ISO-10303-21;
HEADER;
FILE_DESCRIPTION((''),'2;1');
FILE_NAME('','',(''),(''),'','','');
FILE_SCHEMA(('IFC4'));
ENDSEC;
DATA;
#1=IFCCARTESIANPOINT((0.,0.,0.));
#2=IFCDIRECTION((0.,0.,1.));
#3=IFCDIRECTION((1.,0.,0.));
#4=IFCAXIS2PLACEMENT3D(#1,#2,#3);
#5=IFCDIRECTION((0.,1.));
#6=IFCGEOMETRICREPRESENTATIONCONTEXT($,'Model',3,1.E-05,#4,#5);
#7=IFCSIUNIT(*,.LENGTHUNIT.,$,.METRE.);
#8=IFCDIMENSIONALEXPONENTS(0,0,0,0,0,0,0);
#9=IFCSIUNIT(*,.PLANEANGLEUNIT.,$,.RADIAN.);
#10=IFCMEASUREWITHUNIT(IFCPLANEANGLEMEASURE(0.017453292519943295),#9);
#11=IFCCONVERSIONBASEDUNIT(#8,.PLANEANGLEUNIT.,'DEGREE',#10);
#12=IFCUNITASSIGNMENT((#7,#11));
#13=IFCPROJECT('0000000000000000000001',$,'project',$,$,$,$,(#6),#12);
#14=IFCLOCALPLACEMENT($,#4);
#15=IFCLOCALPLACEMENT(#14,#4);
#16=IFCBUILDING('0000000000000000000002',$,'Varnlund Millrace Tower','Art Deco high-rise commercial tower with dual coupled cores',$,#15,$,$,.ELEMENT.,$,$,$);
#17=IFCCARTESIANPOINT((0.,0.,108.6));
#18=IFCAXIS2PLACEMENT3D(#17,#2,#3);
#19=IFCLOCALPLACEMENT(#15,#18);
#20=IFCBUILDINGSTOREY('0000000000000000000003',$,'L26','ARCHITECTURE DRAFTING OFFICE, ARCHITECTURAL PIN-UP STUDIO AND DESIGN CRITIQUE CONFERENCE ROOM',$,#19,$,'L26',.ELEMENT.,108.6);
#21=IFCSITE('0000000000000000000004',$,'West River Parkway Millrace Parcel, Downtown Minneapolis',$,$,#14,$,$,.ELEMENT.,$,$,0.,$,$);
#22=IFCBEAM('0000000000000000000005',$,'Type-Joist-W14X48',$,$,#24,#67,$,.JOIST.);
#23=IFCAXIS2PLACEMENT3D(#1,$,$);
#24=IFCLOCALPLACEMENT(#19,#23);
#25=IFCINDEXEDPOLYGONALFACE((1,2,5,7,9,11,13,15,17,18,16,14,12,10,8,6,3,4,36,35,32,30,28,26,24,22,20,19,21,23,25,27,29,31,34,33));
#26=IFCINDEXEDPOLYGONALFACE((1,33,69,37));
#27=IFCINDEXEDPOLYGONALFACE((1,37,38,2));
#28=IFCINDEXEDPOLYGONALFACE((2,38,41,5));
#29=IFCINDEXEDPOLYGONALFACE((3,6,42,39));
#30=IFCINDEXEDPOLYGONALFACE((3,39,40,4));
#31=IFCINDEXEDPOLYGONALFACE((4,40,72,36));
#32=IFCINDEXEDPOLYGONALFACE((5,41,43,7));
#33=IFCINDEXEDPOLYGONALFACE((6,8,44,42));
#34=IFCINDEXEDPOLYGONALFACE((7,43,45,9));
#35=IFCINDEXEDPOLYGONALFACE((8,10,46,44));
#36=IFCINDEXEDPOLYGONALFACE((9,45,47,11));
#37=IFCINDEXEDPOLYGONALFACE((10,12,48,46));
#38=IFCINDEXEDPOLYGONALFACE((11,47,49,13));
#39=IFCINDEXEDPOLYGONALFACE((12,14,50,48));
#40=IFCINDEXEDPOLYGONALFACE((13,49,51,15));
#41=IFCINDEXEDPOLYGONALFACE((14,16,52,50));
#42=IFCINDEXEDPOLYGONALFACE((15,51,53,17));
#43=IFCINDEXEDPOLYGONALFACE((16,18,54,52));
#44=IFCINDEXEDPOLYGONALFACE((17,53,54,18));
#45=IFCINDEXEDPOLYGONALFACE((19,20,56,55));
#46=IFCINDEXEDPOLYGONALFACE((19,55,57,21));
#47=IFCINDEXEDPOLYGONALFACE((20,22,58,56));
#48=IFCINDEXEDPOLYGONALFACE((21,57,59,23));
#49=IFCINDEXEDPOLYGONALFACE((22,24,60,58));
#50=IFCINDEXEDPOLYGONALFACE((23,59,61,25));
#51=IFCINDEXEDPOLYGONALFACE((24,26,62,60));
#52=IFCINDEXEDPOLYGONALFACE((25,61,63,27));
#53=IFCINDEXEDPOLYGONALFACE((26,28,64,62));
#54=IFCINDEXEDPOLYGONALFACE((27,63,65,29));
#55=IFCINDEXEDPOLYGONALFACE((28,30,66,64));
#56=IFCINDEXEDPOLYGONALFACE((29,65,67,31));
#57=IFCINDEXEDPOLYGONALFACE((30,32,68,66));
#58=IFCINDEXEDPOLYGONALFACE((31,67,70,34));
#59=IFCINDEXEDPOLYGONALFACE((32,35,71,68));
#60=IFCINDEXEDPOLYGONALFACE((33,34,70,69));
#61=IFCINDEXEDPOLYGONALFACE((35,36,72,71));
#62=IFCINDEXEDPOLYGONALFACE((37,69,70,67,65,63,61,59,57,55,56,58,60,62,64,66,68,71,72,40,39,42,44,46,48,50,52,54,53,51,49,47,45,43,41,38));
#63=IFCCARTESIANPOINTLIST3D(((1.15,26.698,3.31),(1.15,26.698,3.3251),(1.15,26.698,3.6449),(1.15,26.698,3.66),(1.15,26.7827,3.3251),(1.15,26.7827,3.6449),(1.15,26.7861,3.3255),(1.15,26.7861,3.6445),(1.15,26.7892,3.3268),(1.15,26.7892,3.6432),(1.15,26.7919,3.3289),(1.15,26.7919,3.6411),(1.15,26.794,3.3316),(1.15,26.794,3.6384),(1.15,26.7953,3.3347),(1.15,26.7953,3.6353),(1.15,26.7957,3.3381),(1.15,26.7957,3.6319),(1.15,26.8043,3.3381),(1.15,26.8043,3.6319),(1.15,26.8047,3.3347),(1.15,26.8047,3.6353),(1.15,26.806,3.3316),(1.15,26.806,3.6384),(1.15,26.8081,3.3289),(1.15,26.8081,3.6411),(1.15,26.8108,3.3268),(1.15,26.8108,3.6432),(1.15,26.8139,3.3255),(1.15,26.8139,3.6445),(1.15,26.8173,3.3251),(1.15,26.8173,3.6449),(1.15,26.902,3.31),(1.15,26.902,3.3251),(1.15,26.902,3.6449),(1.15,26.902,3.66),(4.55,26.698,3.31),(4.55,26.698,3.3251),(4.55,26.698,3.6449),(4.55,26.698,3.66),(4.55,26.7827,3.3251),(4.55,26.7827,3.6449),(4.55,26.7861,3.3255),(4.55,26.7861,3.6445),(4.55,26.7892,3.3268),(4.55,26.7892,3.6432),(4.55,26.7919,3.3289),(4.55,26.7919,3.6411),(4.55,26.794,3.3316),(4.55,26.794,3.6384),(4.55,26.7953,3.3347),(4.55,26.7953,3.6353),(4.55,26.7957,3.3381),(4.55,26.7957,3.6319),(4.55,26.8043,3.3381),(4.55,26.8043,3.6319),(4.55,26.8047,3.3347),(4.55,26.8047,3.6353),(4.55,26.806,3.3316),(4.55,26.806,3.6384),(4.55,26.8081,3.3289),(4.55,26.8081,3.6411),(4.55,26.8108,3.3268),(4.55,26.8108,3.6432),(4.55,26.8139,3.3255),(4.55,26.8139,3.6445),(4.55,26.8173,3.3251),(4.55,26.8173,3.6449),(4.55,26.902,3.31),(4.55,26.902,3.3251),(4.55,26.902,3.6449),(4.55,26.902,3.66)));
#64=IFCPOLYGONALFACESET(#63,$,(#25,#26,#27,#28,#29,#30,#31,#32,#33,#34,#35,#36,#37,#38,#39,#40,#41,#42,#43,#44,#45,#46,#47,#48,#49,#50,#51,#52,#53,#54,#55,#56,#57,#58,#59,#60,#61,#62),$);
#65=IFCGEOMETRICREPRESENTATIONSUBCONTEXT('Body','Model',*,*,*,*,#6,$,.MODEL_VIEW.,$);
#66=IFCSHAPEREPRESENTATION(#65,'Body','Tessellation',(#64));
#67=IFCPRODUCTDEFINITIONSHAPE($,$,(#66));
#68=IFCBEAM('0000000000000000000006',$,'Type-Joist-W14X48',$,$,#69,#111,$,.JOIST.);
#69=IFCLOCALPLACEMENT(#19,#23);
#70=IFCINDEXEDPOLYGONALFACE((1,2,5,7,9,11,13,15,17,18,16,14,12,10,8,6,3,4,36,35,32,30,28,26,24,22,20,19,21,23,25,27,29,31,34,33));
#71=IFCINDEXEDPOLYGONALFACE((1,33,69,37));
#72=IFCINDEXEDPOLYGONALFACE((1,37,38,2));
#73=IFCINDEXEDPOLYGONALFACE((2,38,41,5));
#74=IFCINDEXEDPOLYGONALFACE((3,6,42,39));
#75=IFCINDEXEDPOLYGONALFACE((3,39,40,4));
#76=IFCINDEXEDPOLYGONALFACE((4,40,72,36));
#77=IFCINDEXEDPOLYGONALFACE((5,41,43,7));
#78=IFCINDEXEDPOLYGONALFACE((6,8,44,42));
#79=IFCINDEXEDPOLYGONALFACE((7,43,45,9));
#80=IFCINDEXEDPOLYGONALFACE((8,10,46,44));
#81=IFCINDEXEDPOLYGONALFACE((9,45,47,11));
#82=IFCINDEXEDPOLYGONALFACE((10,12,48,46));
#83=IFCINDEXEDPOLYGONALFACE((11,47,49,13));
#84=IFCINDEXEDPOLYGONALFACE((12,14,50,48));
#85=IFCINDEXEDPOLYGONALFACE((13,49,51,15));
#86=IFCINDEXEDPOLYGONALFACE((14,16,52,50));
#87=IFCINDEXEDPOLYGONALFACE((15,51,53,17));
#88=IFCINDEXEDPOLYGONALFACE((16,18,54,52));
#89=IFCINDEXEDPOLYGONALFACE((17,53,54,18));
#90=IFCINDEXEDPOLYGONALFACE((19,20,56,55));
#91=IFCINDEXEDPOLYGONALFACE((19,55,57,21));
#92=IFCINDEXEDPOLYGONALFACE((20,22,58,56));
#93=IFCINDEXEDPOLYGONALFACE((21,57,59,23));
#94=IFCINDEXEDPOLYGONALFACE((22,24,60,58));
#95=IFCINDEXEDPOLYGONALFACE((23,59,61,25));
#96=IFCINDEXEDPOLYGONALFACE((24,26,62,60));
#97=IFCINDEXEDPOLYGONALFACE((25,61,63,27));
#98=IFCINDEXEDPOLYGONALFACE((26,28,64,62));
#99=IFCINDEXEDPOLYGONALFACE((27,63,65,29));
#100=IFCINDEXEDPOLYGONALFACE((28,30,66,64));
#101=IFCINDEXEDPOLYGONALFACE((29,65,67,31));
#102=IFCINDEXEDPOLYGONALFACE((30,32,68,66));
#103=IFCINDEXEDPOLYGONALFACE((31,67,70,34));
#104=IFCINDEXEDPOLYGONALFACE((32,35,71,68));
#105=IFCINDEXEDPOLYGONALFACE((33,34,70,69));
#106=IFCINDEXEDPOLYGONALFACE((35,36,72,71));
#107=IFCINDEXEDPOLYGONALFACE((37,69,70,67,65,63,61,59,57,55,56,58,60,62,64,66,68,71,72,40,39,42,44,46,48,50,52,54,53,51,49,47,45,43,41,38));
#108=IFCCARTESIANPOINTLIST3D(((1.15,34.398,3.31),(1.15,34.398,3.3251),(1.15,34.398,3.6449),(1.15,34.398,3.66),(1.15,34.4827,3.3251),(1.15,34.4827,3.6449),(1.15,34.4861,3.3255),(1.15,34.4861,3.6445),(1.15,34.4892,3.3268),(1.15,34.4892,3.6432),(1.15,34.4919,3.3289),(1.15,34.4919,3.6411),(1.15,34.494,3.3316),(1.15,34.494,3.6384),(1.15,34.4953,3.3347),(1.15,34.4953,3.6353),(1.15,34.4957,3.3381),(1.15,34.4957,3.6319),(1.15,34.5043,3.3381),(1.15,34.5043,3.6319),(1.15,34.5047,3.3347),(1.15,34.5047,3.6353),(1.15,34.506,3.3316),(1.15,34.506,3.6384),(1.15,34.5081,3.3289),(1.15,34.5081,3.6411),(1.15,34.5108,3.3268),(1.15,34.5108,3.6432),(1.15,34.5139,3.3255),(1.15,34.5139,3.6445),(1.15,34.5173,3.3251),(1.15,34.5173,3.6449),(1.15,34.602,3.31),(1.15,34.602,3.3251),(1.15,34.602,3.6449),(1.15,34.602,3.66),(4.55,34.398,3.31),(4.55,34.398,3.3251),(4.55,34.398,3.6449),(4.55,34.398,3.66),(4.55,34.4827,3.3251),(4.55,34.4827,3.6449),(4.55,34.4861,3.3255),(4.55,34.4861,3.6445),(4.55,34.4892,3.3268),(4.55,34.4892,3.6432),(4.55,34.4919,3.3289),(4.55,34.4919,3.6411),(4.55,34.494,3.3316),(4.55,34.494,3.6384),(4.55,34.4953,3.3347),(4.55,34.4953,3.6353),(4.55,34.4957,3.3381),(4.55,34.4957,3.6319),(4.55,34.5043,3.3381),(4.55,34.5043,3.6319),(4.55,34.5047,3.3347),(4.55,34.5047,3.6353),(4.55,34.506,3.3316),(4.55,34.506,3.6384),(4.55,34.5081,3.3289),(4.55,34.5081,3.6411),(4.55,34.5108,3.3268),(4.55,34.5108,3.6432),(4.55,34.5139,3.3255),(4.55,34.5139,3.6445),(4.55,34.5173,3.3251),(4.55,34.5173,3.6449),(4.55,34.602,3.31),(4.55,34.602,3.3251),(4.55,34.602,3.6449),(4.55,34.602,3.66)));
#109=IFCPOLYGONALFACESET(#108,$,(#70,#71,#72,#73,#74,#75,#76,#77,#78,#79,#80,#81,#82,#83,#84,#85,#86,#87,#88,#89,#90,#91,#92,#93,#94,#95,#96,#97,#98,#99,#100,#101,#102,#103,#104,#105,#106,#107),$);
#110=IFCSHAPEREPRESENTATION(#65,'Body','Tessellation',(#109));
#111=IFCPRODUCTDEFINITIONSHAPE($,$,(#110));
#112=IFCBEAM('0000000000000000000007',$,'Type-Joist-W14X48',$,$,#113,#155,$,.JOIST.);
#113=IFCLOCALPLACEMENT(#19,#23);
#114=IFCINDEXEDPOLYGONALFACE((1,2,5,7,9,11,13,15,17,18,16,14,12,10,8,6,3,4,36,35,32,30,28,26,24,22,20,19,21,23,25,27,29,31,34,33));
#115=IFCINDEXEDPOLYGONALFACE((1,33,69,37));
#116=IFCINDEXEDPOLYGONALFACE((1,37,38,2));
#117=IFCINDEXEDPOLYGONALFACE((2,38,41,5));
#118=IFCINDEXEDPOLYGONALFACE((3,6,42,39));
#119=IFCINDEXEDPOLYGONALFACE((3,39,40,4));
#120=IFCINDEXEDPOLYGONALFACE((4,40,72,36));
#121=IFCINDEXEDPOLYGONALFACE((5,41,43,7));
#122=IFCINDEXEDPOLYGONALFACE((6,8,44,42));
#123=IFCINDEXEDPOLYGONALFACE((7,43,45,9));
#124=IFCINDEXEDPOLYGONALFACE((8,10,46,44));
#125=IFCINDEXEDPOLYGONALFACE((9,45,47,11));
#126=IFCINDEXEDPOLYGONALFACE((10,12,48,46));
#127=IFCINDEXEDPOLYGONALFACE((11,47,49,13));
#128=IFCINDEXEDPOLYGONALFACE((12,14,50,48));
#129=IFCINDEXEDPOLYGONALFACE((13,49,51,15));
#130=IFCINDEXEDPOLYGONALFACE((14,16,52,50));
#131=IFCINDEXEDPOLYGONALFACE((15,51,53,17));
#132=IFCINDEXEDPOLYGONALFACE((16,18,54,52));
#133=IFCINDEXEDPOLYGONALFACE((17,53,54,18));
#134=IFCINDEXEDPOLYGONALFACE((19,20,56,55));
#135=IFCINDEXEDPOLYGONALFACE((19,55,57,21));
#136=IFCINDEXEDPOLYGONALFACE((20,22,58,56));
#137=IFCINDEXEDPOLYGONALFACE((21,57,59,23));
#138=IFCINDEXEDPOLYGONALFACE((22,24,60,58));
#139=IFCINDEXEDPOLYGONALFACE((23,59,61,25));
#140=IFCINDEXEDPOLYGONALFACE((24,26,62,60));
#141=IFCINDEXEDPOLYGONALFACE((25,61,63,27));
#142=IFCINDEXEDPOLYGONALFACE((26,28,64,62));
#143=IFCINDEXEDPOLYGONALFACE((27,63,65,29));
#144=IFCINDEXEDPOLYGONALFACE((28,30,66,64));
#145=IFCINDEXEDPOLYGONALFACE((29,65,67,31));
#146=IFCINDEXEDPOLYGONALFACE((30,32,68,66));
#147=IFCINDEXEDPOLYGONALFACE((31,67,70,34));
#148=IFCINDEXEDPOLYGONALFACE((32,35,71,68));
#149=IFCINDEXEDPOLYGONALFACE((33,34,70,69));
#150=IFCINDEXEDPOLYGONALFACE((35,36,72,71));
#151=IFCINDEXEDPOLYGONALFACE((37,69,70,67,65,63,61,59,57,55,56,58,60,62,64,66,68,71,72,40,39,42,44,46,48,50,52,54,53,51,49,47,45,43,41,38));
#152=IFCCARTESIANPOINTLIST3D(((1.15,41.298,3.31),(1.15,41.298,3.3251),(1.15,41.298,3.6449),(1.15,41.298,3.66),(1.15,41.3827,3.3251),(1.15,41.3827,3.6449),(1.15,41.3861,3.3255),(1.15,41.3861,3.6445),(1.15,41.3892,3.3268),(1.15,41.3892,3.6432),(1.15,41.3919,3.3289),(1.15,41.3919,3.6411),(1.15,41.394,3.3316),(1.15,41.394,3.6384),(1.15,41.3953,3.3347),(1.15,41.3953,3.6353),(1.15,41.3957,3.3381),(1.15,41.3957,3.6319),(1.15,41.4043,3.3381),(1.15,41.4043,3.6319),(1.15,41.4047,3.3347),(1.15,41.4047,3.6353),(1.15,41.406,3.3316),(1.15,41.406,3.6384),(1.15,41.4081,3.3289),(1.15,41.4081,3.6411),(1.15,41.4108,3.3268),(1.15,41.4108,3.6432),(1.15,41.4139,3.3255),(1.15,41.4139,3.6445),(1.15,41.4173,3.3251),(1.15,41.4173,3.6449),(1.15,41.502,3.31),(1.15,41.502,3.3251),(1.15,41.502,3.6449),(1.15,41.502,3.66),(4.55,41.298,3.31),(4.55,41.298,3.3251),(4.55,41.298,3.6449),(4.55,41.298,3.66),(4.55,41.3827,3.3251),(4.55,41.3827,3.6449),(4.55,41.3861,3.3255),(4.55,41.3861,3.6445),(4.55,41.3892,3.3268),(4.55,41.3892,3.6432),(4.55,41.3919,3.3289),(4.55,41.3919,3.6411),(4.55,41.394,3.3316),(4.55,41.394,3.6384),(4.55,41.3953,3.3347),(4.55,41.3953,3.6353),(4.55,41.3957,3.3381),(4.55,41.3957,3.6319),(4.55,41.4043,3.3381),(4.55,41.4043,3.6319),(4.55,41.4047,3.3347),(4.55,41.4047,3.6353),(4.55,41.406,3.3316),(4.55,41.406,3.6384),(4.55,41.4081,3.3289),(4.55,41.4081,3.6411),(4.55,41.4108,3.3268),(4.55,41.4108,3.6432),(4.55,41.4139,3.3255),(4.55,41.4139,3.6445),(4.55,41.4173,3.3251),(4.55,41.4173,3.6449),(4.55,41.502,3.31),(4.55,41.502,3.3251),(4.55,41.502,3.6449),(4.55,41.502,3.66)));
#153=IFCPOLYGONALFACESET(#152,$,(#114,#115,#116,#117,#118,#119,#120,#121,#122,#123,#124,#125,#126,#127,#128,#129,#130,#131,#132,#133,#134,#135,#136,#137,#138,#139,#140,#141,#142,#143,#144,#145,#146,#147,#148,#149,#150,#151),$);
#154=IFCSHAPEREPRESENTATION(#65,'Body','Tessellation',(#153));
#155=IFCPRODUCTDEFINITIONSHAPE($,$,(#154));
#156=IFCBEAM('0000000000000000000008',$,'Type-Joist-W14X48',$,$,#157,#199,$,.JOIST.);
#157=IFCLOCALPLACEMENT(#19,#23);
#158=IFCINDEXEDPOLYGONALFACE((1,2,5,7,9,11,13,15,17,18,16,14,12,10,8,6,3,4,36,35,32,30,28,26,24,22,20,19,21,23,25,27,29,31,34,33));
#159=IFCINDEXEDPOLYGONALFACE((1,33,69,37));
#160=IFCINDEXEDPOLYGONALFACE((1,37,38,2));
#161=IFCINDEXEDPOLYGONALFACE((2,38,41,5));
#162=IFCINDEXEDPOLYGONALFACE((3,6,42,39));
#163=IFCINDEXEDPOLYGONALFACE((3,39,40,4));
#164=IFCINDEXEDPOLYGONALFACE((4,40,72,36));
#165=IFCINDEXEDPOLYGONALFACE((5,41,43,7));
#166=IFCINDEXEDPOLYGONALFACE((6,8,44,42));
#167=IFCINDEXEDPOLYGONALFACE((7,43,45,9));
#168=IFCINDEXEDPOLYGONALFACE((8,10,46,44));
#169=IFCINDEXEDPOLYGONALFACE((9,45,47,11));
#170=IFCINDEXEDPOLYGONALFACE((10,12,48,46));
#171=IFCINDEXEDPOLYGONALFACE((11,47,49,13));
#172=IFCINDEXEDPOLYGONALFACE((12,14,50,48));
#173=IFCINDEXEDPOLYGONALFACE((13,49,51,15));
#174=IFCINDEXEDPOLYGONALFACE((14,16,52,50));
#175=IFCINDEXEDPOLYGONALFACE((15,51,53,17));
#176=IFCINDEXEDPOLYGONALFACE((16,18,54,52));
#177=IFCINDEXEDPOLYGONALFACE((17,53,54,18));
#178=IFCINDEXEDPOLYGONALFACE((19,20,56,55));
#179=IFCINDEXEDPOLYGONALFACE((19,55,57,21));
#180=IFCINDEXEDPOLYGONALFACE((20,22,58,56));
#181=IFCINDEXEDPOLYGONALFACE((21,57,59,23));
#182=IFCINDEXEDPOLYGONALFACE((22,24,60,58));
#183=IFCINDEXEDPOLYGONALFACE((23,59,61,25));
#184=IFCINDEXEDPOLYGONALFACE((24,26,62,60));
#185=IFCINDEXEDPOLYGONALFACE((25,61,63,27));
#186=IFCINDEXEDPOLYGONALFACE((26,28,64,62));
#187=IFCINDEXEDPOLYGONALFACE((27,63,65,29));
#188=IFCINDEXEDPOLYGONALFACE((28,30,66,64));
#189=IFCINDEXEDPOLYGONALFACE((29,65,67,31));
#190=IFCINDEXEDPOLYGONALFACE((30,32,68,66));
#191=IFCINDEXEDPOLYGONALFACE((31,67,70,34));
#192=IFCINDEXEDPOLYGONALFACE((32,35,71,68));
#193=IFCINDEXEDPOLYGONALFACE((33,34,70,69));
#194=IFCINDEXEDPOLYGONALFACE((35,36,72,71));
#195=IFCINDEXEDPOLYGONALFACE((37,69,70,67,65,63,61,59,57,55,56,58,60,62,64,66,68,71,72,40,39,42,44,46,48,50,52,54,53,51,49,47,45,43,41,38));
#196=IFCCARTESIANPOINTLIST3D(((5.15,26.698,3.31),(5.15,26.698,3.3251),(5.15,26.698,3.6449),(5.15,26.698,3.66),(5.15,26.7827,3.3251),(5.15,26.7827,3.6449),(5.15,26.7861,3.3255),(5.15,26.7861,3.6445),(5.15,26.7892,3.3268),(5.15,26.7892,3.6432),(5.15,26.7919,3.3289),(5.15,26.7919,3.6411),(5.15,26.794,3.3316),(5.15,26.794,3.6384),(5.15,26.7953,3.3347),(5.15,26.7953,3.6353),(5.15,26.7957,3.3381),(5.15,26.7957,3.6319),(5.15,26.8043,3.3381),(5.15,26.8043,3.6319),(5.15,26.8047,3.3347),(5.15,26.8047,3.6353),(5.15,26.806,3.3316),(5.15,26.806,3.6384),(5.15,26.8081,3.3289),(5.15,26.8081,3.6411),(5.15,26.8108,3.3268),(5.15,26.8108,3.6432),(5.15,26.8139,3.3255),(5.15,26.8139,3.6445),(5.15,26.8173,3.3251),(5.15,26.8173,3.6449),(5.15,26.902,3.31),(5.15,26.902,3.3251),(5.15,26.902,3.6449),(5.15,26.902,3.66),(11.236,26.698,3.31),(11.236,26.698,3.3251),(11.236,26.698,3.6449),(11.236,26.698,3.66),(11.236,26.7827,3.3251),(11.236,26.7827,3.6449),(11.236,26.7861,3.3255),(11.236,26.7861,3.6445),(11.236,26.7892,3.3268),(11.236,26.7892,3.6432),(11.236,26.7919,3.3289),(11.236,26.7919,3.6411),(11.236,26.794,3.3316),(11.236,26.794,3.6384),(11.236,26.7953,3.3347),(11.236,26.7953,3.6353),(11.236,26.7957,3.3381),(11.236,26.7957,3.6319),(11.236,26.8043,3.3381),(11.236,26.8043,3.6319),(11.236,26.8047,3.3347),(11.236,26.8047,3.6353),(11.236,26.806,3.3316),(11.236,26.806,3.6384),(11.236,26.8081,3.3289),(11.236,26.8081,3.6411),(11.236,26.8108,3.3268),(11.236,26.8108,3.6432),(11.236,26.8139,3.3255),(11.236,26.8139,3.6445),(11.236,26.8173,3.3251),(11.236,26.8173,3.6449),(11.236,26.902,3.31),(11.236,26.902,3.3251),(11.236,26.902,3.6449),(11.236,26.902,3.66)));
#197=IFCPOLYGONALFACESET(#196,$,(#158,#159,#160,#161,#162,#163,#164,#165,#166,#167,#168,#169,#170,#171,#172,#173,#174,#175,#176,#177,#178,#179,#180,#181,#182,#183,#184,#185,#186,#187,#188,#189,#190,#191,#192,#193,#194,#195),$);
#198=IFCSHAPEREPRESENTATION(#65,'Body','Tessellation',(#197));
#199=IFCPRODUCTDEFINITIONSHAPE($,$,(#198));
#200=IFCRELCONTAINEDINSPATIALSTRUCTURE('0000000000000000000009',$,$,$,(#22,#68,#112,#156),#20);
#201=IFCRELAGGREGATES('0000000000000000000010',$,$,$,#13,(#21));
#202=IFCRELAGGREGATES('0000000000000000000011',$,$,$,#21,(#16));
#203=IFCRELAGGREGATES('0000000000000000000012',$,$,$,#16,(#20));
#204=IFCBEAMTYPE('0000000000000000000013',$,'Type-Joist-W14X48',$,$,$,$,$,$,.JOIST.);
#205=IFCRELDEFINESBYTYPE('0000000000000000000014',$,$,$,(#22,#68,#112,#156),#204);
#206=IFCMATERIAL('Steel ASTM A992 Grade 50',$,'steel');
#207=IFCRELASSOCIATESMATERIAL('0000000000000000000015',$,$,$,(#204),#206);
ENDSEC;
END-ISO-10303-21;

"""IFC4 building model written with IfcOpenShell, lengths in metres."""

from ifc_helpers import new_model, entity, si_unit, converted_unit, direction, frame, origin_with_axes, origin_2d_with_axis, place, context, subcontext, project, spatial, i_section, extrude, material, material_profile, profile_set, type_object, element, save


model = new_model("IFC4")

# Units and contexts
model_context = context("Model", 3, precision=1e-05, world=origin_with_axes(), true_north=direction((0.0, 1.0)))
body_context = subcontext(model_context, "Body", "Model", "MODEL_VIEW")
ifc_project = project(units=[si_unit("LENGTHUNIT", "METRE"), converted_unit("PLANEANGLEUNIT", "DEGREE", entity("IfcPlaneAngleMeasure", 0.017453292519943295), si_unit("PLANEANGLEUNIT", "RADIAN"), dimensions=[0, 0, 0, 0, 0, 0, 0])], contexts=[model_context])

# Site, building, storey
site_placement = place(None, origin_with_axes())
site = spatial("IfcSite", under=ifc_project, at=site_placement, Name="West River Parkway Millrace Parcel, Downtown Minneapolis", CompositionType="ELEMENT", RefElevation=0.0)
building_placement = place(site_placement, origin_with_axes())
building = spatial("IfcBuilding", under=site, at=building_placement, Name="Varnlund Millrace Tower", Description="Art Deco high-rise commercial tower with dual coupled cores", CompositionType="ELEMENT")
storey_placement = place(building_placement, frame((0.0, 0.0, 108.6), z_axis=(0.0, 0.0, 1.0), x_axis=(1.0, 0.0, 0.0)))
storey = spatial("IfcBuildingStorey", under=building, at=storey_placement, Name="L26", Description="ARCHITECTURE DRAFTING OFFICE, ARCHITECTURAL PIN-UP STUDIO AND DESIGN CRITIQUE CONFERENCE ROOM", LongName="L26", CompositionType="ELEMENT", Elevation=108.6)

# Beams
ifc_material_1 = material(Name="Steel ASTM A992 Grade 50", Category="steel")
ifc_material_profile_1 = material_profile(ifc_material_1, i_section(OverallWidth=0.204, OverallDepth=0.35, WebThickness=0.0086, FlangeThickness=0.0151, FilletRadius=0.013, at=origin_2d_with_axis()), Name="Steel ASTM A992 Grade 50")
ifc_profile_set_1 = profile_set([ifc_material_profile_1], Name="Steel ASTM A992 Grade 50")
beam_type_1 = type_object("IfcBeamType", Name="Type-Joist-W14X48", PredefinedType="JOIST", material=ifc_profile_set_1)
for number, where, z_axis, x_axis, name in (
    (1, (1.15, 26.8, 3.485), (1.0, 0.0, 0.0), (0.0, 1.0, 0.0), "Type-Joist-W14X48"),
    (2, (1.15, 34.5, 3.485), (1.0, 0.0, 0.0), (0.0, 1.0, 0.0), "Type-Joist-W14X48"),
    (3, (1.15, 41.4, 3.485), (1.0, 0.0, 0.0), (0.0, 1.0, 0.0), "Type-Joist-W14X48"),
):
    element("IfcBeam", number, at=place(storey_placement, frame(where, z_axis=z_axis, x_axis=x_axis)), inside=storey, type_object=beam_type_1, Name=name, PredefinedType="JOIST", context=body_context, shape_type="SweptSolid", body=[
        extrude(i_section(OverallWidth=0.204, OverallDepth=0.35, WebThickness=0.0086, FlangeThickness=0.0151, FilletRadius=0.013, at=origin_2d_with_axis()), origin_with_axes(), (0.0, 0.0, 1.0), 3.4),
    ])
for number, where, z_axis, x_axis, name in (
    (4, (5.15, 26.8, 3.485), (1.0, 0.0, 0.0), (0.0, 1.0, 0.0), "Type-Joist-W14X48"),
):
    element("IfcBeam", number, at=place(storey_placement, frame(where, z_axis=z_axis, x_axis=x_axis)), inside=storey, type_object=beam_type_1, Name=name, PredefinedType="JOIST", context=body_context, shape_type="SweptSolid", body=[
        extrude(i_section(OverallWidth=0.204, OverallDepth=0.35, WebThickness=0.0086, FlangeThickness=0.0151, FilletRadius=0.013, at=origin_2d_with_axis()), origin_with_axes(), (0.0, 0.0, 1.0), 6.086),
    ])

save(model, "model.ifc")
